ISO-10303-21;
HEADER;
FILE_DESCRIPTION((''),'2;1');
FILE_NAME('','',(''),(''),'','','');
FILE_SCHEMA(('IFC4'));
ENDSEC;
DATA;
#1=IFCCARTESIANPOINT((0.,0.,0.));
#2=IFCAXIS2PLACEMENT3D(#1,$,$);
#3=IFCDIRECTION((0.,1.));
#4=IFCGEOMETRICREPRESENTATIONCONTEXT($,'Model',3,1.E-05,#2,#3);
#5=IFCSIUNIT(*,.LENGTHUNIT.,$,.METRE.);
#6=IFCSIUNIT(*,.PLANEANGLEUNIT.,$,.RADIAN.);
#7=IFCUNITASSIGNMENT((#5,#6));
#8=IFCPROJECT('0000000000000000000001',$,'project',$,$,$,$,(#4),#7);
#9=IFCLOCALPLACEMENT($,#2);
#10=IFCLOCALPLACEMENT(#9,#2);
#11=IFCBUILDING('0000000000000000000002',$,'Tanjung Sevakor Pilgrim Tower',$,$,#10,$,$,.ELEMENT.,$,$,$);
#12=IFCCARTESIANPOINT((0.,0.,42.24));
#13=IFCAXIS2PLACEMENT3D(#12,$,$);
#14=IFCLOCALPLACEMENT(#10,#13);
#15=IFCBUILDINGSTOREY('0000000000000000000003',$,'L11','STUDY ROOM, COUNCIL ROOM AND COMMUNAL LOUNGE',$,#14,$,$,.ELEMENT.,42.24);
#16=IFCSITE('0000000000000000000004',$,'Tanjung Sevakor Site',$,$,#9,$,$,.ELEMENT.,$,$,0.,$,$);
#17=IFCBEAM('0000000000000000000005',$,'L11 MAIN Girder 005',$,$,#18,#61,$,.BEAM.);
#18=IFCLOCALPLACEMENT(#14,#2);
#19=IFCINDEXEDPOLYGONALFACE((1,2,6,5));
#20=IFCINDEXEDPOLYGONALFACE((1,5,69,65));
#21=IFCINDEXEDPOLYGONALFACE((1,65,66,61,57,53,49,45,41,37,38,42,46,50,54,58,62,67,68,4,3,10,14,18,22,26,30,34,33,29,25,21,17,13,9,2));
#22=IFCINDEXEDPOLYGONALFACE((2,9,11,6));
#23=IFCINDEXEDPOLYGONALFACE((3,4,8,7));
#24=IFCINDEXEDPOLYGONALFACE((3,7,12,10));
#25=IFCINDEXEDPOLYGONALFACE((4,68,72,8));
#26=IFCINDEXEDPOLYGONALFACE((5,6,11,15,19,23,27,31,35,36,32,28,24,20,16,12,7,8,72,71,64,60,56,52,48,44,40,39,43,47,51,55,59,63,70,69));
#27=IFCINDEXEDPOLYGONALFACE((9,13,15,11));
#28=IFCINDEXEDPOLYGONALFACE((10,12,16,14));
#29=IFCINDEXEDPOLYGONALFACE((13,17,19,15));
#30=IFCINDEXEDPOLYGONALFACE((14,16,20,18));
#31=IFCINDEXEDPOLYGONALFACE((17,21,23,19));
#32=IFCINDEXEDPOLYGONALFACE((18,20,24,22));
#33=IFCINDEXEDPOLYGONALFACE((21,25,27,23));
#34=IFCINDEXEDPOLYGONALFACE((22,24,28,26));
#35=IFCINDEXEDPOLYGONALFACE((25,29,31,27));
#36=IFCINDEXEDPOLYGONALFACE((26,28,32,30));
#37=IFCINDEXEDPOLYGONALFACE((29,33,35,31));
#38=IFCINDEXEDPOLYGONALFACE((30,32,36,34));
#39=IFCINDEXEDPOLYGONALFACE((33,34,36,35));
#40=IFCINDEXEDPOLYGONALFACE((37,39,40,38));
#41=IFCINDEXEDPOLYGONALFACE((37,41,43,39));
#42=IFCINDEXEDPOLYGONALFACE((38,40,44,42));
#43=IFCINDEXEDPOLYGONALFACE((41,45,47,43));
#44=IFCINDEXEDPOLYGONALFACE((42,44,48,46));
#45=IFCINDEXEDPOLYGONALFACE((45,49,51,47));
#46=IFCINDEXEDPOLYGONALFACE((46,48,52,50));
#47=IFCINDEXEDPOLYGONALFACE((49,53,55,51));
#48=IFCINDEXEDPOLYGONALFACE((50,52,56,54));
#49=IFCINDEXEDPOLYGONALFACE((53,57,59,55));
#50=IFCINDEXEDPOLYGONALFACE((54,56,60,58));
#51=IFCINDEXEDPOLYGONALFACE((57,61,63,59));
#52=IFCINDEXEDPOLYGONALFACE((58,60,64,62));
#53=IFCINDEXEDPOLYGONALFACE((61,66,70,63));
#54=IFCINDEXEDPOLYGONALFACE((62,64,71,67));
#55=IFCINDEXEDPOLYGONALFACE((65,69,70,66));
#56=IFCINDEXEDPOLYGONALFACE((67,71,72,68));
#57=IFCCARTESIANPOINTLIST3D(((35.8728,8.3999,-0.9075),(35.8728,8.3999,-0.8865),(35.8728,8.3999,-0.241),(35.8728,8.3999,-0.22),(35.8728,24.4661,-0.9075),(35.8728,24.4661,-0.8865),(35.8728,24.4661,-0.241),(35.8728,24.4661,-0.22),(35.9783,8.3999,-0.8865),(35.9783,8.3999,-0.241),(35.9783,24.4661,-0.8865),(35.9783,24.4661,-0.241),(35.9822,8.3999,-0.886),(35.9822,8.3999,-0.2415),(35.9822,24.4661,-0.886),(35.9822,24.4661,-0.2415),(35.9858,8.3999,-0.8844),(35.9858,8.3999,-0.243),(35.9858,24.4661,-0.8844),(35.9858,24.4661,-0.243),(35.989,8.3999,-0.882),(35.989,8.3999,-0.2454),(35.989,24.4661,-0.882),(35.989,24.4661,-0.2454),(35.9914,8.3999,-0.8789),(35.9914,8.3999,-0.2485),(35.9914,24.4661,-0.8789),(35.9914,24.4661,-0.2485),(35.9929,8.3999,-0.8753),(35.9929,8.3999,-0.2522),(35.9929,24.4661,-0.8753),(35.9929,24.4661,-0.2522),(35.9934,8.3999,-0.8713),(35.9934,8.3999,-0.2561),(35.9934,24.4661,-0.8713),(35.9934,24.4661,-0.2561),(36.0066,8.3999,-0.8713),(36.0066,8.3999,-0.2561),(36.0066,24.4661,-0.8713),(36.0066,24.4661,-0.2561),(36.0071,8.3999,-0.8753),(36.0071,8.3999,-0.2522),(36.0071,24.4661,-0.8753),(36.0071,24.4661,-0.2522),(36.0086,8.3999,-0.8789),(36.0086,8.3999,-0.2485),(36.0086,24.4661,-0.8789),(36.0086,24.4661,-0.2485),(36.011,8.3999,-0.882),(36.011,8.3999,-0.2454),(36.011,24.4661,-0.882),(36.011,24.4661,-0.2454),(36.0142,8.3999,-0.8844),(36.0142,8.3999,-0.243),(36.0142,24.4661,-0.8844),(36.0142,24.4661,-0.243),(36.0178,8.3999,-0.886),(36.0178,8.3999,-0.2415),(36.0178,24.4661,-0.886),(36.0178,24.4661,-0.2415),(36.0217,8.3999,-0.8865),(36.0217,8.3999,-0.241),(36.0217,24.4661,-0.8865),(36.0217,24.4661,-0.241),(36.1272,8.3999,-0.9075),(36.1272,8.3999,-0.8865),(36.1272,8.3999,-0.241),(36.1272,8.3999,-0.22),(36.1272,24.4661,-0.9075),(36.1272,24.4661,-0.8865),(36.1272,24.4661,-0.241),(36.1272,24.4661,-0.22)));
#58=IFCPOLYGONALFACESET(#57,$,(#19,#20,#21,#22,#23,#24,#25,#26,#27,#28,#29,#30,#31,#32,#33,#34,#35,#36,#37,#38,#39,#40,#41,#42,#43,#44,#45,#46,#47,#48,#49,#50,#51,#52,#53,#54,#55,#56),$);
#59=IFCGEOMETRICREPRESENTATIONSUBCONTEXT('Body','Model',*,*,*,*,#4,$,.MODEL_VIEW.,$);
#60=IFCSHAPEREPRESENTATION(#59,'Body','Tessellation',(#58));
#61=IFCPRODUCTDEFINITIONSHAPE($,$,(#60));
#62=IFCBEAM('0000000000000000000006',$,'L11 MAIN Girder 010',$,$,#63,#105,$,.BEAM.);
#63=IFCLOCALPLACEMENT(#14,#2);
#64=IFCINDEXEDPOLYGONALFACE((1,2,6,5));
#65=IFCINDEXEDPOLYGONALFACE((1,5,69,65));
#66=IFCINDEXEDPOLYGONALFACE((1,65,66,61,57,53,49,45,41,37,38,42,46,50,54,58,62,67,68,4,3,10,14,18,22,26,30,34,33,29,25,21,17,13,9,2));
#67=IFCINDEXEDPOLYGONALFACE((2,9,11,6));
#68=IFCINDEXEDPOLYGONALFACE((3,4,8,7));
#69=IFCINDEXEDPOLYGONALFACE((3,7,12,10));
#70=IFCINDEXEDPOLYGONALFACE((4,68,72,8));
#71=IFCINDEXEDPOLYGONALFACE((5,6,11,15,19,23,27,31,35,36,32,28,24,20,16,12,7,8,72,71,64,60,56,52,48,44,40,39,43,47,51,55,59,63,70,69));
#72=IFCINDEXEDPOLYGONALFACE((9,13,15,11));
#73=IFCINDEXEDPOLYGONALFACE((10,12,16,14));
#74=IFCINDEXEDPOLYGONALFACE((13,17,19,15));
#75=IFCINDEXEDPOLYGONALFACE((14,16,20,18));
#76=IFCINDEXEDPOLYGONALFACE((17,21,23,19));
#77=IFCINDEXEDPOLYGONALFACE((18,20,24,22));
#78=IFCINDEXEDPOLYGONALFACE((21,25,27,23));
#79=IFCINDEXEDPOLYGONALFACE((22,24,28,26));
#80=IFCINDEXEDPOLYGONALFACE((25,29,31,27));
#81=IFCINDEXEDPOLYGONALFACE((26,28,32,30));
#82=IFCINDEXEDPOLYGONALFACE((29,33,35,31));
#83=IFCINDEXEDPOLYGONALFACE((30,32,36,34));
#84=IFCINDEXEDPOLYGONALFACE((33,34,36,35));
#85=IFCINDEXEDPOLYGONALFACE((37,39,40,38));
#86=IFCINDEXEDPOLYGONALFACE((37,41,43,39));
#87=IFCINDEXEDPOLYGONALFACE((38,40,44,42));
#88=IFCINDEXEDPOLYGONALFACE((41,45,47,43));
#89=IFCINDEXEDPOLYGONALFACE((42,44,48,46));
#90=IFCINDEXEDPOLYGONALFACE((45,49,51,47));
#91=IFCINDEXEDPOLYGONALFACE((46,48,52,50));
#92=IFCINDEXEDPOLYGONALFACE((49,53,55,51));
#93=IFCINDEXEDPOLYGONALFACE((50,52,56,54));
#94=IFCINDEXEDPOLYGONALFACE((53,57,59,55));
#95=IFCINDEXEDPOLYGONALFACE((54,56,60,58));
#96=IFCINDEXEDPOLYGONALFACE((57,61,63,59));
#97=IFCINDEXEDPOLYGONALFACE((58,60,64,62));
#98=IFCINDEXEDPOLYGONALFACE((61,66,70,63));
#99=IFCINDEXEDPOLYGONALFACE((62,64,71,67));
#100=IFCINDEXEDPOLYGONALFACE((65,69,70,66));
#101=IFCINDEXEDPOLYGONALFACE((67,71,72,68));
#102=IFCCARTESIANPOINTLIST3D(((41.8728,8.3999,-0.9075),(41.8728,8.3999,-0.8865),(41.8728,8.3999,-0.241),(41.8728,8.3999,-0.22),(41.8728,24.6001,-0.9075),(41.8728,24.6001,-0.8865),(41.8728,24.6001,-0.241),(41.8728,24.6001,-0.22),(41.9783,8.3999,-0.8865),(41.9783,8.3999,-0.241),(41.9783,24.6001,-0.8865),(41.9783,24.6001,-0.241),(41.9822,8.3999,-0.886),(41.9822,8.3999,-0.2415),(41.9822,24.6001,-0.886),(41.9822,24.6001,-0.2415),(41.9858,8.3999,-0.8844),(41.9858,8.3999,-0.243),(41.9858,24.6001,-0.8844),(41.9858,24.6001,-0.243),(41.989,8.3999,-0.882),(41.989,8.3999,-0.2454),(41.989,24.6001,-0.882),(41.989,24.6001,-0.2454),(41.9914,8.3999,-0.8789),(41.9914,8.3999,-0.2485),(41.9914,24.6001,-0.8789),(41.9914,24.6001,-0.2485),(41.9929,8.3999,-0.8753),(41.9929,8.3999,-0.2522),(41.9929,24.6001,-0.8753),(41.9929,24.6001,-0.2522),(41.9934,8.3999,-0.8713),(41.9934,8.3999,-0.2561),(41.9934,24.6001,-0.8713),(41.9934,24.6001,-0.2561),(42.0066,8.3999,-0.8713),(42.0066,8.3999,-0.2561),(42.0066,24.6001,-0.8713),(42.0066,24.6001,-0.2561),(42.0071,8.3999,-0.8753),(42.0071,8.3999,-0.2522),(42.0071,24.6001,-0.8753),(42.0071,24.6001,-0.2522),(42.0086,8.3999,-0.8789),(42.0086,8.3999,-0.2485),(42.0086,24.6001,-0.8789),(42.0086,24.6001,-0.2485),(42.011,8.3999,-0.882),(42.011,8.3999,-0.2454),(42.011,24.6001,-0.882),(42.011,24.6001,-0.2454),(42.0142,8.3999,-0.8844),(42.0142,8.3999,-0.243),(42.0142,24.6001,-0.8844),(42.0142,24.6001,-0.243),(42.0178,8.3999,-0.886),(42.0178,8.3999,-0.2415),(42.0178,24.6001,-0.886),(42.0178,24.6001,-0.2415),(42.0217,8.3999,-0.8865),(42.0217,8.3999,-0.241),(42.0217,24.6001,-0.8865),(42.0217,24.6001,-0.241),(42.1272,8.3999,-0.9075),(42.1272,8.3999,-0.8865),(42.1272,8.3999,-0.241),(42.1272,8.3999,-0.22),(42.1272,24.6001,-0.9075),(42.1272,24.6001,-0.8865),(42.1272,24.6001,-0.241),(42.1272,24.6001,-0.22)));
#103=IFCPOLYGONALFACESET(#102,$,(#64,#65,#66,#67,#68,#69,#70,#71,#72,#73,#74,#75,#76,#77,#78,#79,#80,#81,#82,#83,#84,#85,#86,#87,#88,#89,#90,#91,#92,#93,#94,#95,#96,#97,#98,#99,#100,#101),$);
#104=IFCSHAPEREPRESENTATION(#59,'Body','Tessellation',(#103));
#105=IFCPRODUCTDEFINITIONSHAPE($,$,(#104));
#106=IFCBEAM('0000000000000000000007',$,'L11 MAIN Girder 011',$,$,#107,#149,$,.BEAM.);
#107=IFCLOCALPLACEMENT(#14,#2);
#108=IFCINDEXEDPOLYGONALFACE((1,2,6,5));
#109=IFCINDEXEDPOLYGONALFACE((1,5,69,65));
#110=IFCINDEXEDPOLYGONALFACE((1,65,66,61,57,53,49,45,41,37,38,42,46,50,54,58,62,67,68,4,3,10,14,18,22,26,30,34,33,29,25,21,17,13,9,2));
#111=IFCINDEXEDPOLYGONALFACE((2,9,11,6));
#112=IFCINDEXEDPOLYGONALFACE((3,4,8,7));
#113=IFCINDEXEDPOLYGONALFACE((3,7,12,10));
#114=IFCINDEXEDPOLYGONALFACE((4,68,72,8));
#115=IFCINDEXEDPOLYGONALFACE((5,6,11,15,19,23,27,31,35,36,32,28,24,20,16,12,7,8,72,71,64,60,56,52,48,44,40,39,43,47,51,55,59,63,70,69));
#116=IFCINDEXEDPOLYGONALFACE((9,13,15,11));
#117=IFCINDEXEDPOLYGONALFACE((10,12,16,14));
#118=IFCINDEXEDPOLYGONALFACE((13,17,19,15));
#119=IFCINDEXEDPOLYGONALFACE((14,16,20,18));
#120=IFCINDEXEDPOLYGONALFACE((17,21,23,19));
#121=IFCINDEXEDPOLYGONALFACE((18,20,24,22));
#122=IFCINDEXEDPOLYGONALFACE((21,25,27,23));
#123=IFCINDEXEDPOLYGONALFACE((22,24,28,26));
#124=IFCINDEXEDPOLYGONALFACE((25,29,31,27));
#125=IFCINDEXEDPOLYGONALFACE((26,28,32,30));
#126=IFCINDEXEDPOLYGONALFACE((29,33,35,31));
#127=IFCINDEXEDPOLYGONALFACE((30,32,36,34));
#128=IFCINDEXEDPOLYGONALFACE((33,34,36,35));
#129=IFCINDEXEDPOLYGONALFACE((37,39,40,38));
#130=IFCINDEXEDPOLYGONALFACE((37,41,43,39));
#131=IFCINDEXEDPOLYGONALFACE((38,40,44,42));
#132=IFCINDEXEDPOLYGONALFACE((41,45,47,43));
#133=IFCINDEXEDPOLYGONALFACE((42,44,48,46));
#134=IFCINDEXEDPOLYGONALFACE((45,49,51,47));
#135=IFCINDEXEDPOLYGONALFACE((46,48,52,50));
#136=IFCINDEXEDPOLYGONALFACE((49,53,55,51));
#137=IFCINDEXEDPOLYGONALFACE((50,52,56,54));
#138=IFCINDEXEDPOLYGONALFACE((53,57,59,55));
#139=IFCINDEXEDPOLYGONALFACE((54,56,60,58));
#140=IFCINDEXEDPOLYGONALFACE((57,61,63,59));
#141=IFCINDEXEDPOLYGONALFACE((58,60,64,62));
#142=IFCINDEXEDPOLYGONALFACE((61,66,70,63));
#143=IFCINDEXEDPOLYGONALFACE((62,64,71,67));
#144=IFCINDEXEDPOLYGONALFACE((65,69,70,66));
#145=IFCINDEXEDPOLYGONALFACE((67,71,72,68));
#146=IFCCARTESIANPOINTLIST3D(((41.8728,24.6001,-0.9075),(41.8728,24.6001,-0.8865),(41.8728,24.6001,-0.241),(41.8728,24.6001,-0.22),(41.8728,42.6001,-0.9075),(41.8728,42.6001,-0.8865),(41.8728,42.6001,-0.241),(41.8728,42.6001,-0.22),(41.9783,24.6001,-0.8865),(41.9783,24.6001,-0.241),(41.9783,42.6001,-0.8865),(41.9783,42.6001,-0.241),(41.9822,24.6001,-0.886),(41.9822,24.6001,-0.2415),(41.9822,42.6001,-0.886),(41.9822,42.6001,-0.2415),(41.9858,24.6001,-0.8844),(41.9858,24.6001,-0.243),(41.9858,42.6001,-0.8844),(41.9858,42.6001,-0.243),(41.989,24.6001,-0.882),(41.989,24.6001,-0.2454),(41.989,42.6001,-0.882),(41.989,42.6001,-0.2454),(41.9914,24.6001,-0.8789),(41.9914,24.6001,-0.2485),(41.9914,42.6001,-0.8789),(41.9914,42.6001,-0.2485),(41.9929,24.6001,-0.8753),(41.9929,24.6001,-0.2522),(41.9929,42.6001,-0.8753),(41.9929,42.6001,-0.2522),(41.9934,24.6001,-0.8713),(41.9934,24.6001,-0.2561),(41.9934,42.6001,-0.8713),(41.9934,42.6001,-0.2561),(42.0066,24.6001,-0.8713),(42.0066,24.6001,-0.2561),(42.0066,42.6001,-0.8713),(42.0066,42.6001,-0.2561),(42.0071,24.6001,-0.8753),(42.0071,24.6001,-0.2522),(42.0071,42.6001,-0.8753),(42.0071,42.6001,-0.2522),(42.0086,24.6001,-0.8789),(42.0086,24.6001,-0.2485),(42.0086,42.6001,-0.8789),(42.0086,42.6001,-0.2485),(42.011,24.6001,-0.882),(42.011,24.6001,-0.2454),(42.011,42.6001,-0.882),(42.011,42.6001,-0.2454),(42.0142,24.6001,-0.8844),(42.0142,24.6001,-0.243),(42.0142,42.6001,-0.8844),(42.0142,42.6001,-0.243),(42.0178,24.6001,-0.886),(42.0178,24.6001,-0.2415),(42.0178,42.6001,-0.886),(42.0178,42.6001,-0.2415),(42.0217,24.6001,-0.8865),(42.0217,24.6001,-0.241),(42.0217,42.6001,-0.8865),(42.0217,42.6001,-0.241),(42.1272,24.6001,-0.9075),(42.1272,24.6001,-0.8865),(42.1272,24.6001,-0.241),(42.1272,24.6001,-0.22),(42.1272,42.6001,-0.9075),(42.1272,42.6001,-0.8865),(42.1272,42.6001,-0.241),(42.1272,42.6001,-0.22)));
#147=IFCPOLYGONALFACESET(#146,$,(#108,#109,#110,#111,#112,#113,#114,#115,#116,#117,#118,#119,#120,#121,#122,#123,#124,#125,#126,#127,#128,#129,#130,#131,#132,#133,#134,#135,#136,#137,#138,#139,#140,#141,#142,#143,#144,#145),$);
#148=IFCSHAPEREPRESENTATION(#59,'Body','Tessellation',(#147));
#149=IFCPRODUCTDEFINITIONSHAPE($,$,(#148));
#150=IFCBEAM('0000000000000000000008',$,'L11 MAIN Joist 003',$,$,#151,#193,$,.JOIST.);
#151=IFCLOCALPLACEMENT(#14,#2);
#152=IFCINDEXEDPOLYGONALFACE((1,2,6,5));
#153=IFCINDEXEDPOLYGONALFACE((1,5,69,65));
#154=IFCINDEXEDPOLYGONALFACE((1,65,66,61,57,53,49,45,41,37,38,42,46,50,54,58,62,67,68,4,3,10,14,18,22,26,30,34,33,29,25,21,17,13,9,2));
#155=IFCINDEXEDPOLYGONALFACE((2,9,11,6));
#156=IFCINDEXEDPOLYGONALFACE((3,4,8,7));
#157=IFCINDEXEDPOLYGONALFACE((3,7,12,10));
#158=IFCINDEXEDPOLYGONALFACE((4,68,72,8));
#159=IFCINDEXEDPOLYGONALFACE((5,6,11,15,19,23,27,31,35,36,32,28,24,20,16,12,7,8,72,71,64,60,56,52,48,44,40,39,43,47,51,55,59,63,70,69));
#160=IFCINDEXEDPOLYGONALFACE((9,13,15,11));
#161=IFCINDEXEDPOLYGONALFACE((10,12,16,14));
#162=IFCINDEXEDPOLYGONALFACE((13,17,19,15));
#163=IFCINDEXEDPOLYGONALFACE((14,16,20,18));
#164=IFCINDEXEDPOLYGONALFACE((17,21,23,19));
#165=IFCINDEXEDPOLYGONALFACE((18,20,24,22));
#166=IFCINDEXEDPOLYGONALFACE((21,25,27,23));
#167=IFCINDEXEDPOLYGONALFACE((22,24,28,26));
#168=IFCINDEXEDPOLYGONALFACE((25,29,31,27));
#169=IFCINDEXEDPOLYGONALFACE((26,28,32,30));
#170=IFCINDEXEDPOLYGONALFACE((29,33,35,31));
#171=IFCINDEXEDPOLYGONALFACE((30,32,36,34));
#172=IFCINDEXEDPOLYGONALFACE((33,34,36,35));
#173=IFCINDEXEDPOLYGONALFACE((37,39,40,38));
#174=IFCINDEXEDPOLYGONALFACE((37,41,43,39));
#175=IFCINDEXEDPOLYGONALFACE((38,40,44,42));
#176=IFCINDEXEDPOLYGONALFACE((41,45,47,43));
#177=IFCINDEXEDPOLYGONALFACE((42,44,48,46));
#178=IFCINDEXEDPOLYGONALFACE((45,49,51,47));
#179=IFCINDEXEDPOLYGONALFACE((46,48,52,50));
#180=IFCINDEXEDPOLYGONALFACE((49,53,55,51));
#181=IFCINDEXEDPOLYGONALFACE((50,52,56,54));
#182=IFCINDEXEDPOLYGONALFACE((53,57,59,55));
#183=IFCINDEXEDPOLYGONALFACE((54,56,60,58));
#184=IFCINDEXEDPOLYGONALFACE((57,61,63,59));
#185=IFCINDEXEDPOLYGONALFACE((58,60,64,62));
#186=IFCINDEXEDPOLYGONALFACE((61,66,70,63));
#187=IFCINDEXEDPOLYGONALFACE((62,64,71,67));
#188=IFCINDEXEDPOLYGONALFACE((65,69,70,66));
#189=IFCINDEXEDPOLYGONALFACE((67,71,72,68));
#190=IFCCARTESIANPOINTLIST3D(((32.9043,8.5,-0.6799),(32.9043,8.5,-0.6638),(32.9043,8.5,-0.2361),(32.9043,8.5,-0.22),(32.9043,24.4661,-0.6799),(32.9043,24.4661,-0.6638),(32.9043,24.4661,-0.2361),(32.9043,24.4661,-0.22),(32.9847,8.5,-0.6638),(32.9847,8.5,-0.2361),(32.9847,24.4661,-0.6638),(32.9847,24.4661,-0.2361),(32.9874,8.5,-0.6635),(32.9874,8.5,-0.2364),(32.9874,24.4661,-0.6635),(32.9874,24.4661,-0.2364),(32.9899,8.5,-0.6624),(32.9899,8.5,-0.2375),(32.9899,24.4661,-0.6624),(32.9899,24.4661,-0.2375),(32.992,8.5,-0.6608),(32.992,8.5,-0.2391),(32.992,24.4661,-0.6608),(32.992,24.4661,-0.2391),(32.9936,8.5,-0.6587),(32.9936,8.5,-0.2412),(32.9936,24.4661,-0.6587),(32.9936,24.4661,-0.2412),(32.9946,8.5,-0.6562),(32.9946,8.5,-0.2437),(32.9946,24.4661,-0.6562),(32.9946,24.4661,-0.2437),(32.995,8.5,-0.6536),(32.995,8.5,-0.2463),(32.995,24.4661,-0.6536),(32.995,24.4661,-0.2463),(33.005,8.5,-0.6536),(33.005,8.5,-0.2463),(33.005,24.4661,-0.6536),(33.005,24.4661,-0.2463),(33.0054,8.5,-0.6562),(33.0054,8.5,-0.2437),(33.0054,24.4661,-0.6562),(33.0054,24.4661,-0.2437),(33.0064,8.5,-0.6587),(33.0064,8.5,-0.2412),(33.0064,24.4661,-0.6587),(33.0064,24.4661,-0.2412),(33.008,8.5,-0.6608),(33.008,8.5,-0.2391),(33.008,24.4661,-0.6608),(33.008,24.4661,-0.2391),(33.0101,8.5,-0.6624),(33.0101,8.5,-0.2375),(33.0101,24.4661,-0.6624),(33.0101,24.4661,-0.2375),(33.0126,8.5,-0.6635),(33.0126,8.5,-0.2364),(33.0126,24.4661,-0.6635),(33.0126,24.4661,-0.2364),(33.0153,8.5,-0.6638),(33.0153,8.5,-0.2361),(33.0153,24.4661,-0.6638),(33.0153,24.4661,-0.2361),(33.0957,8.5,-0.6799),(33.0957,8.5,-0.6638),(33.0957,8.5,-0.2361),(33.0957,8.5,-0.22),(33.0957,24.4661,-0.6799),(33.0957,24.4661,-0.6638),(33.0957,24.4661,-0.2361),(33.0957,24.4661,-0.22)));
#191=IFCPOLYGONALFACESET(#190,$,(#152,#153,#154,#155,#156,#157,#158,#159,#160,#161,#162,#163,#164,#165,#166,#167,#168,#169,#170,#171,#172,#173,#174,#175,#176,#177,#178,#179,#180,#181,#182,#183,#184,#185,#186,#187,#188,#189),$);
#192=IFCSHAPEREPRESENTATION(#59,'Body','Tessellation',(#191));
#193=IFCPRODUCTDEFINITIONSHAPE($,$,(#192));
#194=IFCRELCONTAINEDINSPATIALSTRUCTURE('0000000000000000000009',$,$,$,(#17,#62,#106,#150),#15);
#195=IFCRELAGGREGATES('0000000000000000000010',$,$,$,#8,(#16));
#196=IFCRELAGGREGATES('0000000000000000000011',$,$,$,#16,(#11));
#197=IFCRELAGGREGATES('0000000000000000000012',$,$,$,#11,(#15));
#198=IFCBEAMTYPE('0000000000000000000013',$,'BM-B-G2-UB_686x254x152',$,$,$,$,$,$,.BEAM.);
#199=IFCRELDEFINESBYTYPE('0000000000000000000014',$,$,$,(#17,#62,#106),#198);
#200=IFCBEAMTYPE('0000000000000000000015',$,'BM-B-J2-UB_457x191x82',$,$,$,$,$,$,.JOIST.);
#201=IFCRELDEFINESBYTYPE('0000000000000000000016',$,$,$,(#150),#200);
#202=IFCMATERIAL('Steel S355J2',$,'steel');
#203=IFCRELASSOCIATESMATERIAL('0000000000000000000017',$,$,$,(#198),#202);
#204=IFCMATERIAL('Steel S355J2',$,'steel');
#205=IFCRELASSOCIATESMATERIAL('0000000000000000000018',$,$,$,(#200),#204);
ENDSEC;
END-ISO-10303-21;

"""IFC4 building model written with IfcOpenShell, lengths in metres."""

from ifc_helpers import new_model, si_unit, direction, frame, origin, origin_2d, place, context, subcontext, project, spatial, i_section, extrude, material, material_profile, profile_set, type_object, element, save


model = new_model("IFC4")

# Units and contexts
model_context = context("Model", 3, precision=1e-05, world=origin(), true_north=direction((0.0, 1.0)))
body_context = subcontext(model_context, "Body", "Model", "MODEL_VIEW")
ifc_project = project(units=[si_unit("LENGTHUNIT", "METRE"), si_unit("PLANEANGLEUNIT", "RADIAN")], contexts=[model_context])

# Site, building, storey
site_placement = place(None, origin())
site = spatial("IfcSite", under=ifc_project, at=site_placement, Name="Tanjung Sevakor Site", CompositionType="ELEMENT", RefElevation=0.0)
building_placement = place(site_placement, origin())
building = spatial("IfcBuilding", under=site, at=building_placement, Name="Tanjung Sevakor Pilgrim Tower", CompositionType="ELEMENT")
storey_placement = place(building_placement, frame((0.0, 0.0, 42.24)))
storey = spatial("IfcBuildingStorey", under=building, at=storey_placement, Name="L11", Description="STUDY ROOM, COUNCIL ROOM AND COMMUNAL LOUNGE", CompositionType="ELEMENT", Elevation=42.24)

# Beams
ifc_material_1 = material(Name="Steel S355J2", Category="steel")
ifc_material_profile_1 = material_profile(ifc_material_1, i_section(OverallWidth=0.2544, OverallDepth=0.6875, WebThickness=0.0132, FlangeThickness=0.021, FilletRadius=0.0151, at=origin_2d()))
ifc_profile_set_1 = profile_set([ifc_material_profile_1], Name="Steel S355J2")
beam_type_1 = type_object("IfcBeamType", Name="BM-B-G2-UB_686x254x152", PredefinedType="BEAM", material=ifc_profile_set_1)
beam_1_placement = place(storey_placement, frame((36.0, 8.3999, -0.5637), z_axis=(0.0, 1.0, 0.0), x_axis=(-1.0, 0.0, 0.0)))
element("IfcBeam", 1, at=beam_1_placement, inside=storey, type_object=beam_type_1, Name="L11 MAIN Girder 005", PredefinedType="BEAM", context=body_context, shape_type="SweptSolid", body=[
    extrude(i_section(OverallWidth=0.2544, OverallDepth=0.6875, WebThickness=0.0132, FlangeThickness=0.021, FilletRadius=0.0151, at=origin_2d()), origin(), (0.0, 0.0, 1.0), 16.0662),
])
beam_2_placement = place(storey_placement, frame((42.0, 8.3999, -0.5637), z_axis=(0.0, 1.0, 0.0), x_axis=(-1.0, 0.0, 0.0)))
element("IfcBeam", 2, at=beam_2_placement, inside=storey, type_object=beam_type_1, Name="L11 MAIN Girder 010", PredefinedType="BEAM", context=body_context, shape_type="SweptSolid", body=[
    extrude(i_section(OverallWidth=0.2544, OverallDepth=0.6875, WebThickness=0.0132, FlangeThickness=0.021, FilletRadius=0.0151, at=origin_2d()), origin(), (0.0, 0.0, 1.0), 16.2002),
])
beam_3_placement = place(storey_placement, frame((42.0, 24.6001, -0.5637), z_axis=(0.0, 1.0, 0.0), x_axis=(-1.0, 0.0, 0.0)))
element("IfcBeam", 3, at=beam_3_placement, inside=storey, type_object=beam_type_1, Name="L11 MAIN Girder 011", PredefinedType="BEAM", context=body_context, shape_type="SweptSolid", body=[
    extrude(i_section(OverallWidth=0.2544, OverallDepth=0.6875, WebThickness=0.0132, FlangeThickness=0.021, FilletRadius=0.0151, at=origin_2d()), origin(), (0.0, 0.0, 1.0), 18.0),
])
ifc_material_2 = material(Name="Steel S355J2", Category="steel")
ifc_material_profile_2 = material_profile(ifc_material_2, i_section(OverallWidth=0.1914, OverallDepth=0.46, WebThickness=0.01, FlangeThickness=0.0161, FilletRadius=0.0103, at=origin_2d()))
ifc_profile_set_2 = profile_set([ifc_material_profile_2], Name="Steel S355J2")
beam_type_2 = type_object("IfcBeamType", Name="BM-B-J2-UB_457x191x82", PredefinedType="JOIST", material=ifc_profile_set_2)
for number, where, z_axis, x_axis, name in (
    (4, (33.0, 8.5, -0.45), (0.0, 1.0, 0.0), (-1.0, 0.0, 0.0), "L11 MAIN Joist 003"),
):
    element("IfcBeam", number, at=place(storey_placement, frame(where, z_axis=z_axis, x_axis=x_axis)), inside=storey, type_object=beam_type_2, Name=name, PredefinedType="JOIST", context=body_context, shape_type="SweptSolid", body=[
        extrude(i_section(OverallWidth=0.1914, OverallDepth=0.46, WebThickness=0.01, FlangeThickness=0.0161, FilletRadius=0.0103, at=origin_2d()), origin(), (0.0, 0.0, 1.0), 15.9661),
    ])

save(model, "model.ifc")
